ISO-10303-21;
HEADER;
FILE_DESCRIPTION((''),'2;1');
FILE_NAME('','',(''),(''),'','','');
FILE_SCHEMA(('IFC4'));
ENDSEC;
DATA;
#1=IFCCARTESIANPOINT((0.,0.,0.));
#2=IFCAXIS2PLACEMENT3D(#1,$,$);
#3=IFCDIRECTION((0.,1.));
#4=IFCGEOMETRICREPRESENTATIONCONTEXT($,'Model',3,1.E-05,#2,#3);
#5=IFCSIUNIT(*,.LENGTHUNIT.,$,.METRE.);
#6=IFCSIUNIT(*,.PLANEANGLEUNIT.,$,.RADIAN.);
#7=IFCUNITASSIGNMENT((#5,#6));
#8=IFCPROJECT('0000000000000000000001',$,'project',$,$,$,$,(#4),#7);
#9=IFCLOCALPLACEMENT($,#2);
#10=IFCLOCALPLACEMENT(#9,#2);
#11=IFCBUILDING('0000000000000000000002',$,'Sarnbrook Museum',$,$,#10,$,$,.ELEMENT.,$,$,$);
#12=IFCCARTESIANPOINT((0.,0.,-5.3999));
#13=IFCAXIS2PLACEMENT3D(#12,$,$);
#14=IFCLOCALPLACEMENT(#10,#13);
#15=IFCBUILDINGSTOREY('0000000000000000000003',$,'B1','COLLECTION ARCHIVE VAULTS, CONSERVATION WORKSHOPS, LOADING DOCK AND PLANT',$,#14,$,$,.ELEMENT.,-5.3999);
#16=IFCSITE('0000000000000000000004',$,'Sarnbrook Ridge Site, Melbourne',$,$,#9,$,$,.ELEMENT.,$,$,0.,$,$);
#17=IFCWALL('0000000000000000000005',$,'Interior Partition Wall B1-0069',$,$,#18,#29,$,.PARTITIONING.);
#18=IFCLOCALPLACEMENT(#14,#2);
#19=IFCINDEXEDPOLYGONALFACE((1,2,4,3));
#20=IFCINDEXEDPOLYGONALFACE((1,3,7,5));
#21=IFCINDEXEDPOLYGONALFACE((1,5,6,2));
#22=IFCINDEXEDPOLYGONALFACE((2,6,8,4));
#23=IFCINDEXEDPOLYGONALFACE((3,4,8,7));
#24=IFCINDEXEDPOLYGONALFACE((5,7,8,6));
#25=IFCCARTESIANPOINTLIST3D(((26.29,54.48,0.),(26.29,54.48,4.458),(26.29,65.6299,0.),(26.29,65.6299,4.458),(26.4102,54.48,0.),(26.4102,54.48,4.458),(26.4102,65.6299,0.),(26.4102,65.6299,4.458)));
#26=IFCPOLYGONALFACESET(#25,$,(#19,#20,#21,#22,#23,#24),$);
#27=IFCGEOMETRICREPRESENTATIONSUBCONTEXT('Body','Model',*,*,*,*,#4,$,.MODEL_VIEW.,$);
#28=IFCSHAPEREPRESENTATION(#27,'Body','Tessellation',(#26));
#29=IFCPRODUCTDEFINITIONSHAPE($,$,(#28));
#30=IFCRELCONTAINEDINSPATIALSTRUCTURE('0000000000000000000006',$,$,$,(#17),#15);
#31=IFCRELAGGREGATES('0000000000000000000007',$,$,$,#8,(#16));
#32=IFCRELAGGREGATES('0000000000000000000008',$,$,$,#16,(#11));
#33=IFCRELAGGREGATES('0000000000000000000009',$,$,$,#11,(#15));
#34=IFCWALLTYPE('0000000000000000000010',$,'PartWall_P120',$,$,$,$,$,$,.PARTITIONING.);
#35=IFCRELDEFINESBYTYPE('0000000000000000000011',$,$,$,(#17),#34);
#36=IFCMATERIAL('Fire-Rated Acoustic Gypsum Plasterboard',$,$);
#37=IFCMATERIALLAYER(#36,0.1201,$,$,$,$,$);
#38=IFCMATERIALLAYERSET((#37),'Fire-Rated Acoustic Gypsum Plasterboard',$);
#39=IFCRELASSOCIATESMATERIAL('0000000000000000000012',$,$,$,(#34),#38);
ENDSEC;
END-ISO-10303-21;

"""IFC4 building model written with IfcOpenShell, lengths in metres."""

from ifc_helpers import new_model, si_unit, direction, frame, frame_2d, origin, place, context, subcontext, project, spatial, rectangle, extrude, material, layer, layer_set, type_object, element, save


model = new_model("IFC4")

# Units and contexts
model_context = context("Model", 3, precision=1e-05, world=origin(), true_north=direction((0.0, 1.0)))
body_context = subcontext(model_context, "Body", "Model", "MODEL_VIEW")
ifc_project = project(units=[si_unit("LENGTHUNIT", "METRE"), si_unit("PLANEANGLEUNIT", "RADIAN")], contexts=[model_context])

# Site, building, storey
site_placement = place(None, origin())
site = spatial("IfcSite", under=ifc_project, at=site_placement, Name="Sarnbrook Ridge Site, Melbourne", CompositionType="ELEMENT", RefElevation=0.0)
building_placement = place(site_placement, origin())
building = spatial("IfcBuilding", under=site, at=building_placement, Name="Sarnbrook Museum", CompositionType="ELEMENT")
storey_placement = place(building_placement, frame((0.0, 0.0, -5.3999)))
storey = spatial("IfcBuildingStorey", under=building, at=storey_placement, Name="B1", Description="COLLECTION ARCHIVE VAULTS, CONSERVATION WORKSHOPS, LOADING DOCK AND PLANT", CompositionType="ELEMENT", Elevation=-5.3999)

# Wall
ifc_material_1 = material(Name="Fire-Rated Acoustic Gypsum Plasterboard")
ifc_layer = layer(ifc_material_1, 0.1201)
ifc_layer_set = layer_set([ifc_layer], Name="Fire-Rated Acoustic Gypsum Plasterboard")
wall_type = type_object("IfcWallType", Name="PartWall_P120", PredefinedType="PARTITIONING", material=ifc_layer_set)
wall_placement = place(storey_placement, frame((26.3501, 65.6299, 0.0), z_axis=(0.0, 0.0, 1.0), x_axis=(0.0, -1.0, 0.0)))
element("IfcWall", 1, at=wall_placement, inside=storey, type_object=wall_type, Name="Interior Partition Wall B1-0069", PredefinedType="PARTITIONING", context=body_context, shape_type="SweptSolid", body=[
    extrude(rectangle(XDim=11.1499, YDim=0.1201, at=frame_2d((5.575, 0.0))), origin(), (0.0, 0.0, 1.0), 4.458),
])

save(model, "model.ifc")
